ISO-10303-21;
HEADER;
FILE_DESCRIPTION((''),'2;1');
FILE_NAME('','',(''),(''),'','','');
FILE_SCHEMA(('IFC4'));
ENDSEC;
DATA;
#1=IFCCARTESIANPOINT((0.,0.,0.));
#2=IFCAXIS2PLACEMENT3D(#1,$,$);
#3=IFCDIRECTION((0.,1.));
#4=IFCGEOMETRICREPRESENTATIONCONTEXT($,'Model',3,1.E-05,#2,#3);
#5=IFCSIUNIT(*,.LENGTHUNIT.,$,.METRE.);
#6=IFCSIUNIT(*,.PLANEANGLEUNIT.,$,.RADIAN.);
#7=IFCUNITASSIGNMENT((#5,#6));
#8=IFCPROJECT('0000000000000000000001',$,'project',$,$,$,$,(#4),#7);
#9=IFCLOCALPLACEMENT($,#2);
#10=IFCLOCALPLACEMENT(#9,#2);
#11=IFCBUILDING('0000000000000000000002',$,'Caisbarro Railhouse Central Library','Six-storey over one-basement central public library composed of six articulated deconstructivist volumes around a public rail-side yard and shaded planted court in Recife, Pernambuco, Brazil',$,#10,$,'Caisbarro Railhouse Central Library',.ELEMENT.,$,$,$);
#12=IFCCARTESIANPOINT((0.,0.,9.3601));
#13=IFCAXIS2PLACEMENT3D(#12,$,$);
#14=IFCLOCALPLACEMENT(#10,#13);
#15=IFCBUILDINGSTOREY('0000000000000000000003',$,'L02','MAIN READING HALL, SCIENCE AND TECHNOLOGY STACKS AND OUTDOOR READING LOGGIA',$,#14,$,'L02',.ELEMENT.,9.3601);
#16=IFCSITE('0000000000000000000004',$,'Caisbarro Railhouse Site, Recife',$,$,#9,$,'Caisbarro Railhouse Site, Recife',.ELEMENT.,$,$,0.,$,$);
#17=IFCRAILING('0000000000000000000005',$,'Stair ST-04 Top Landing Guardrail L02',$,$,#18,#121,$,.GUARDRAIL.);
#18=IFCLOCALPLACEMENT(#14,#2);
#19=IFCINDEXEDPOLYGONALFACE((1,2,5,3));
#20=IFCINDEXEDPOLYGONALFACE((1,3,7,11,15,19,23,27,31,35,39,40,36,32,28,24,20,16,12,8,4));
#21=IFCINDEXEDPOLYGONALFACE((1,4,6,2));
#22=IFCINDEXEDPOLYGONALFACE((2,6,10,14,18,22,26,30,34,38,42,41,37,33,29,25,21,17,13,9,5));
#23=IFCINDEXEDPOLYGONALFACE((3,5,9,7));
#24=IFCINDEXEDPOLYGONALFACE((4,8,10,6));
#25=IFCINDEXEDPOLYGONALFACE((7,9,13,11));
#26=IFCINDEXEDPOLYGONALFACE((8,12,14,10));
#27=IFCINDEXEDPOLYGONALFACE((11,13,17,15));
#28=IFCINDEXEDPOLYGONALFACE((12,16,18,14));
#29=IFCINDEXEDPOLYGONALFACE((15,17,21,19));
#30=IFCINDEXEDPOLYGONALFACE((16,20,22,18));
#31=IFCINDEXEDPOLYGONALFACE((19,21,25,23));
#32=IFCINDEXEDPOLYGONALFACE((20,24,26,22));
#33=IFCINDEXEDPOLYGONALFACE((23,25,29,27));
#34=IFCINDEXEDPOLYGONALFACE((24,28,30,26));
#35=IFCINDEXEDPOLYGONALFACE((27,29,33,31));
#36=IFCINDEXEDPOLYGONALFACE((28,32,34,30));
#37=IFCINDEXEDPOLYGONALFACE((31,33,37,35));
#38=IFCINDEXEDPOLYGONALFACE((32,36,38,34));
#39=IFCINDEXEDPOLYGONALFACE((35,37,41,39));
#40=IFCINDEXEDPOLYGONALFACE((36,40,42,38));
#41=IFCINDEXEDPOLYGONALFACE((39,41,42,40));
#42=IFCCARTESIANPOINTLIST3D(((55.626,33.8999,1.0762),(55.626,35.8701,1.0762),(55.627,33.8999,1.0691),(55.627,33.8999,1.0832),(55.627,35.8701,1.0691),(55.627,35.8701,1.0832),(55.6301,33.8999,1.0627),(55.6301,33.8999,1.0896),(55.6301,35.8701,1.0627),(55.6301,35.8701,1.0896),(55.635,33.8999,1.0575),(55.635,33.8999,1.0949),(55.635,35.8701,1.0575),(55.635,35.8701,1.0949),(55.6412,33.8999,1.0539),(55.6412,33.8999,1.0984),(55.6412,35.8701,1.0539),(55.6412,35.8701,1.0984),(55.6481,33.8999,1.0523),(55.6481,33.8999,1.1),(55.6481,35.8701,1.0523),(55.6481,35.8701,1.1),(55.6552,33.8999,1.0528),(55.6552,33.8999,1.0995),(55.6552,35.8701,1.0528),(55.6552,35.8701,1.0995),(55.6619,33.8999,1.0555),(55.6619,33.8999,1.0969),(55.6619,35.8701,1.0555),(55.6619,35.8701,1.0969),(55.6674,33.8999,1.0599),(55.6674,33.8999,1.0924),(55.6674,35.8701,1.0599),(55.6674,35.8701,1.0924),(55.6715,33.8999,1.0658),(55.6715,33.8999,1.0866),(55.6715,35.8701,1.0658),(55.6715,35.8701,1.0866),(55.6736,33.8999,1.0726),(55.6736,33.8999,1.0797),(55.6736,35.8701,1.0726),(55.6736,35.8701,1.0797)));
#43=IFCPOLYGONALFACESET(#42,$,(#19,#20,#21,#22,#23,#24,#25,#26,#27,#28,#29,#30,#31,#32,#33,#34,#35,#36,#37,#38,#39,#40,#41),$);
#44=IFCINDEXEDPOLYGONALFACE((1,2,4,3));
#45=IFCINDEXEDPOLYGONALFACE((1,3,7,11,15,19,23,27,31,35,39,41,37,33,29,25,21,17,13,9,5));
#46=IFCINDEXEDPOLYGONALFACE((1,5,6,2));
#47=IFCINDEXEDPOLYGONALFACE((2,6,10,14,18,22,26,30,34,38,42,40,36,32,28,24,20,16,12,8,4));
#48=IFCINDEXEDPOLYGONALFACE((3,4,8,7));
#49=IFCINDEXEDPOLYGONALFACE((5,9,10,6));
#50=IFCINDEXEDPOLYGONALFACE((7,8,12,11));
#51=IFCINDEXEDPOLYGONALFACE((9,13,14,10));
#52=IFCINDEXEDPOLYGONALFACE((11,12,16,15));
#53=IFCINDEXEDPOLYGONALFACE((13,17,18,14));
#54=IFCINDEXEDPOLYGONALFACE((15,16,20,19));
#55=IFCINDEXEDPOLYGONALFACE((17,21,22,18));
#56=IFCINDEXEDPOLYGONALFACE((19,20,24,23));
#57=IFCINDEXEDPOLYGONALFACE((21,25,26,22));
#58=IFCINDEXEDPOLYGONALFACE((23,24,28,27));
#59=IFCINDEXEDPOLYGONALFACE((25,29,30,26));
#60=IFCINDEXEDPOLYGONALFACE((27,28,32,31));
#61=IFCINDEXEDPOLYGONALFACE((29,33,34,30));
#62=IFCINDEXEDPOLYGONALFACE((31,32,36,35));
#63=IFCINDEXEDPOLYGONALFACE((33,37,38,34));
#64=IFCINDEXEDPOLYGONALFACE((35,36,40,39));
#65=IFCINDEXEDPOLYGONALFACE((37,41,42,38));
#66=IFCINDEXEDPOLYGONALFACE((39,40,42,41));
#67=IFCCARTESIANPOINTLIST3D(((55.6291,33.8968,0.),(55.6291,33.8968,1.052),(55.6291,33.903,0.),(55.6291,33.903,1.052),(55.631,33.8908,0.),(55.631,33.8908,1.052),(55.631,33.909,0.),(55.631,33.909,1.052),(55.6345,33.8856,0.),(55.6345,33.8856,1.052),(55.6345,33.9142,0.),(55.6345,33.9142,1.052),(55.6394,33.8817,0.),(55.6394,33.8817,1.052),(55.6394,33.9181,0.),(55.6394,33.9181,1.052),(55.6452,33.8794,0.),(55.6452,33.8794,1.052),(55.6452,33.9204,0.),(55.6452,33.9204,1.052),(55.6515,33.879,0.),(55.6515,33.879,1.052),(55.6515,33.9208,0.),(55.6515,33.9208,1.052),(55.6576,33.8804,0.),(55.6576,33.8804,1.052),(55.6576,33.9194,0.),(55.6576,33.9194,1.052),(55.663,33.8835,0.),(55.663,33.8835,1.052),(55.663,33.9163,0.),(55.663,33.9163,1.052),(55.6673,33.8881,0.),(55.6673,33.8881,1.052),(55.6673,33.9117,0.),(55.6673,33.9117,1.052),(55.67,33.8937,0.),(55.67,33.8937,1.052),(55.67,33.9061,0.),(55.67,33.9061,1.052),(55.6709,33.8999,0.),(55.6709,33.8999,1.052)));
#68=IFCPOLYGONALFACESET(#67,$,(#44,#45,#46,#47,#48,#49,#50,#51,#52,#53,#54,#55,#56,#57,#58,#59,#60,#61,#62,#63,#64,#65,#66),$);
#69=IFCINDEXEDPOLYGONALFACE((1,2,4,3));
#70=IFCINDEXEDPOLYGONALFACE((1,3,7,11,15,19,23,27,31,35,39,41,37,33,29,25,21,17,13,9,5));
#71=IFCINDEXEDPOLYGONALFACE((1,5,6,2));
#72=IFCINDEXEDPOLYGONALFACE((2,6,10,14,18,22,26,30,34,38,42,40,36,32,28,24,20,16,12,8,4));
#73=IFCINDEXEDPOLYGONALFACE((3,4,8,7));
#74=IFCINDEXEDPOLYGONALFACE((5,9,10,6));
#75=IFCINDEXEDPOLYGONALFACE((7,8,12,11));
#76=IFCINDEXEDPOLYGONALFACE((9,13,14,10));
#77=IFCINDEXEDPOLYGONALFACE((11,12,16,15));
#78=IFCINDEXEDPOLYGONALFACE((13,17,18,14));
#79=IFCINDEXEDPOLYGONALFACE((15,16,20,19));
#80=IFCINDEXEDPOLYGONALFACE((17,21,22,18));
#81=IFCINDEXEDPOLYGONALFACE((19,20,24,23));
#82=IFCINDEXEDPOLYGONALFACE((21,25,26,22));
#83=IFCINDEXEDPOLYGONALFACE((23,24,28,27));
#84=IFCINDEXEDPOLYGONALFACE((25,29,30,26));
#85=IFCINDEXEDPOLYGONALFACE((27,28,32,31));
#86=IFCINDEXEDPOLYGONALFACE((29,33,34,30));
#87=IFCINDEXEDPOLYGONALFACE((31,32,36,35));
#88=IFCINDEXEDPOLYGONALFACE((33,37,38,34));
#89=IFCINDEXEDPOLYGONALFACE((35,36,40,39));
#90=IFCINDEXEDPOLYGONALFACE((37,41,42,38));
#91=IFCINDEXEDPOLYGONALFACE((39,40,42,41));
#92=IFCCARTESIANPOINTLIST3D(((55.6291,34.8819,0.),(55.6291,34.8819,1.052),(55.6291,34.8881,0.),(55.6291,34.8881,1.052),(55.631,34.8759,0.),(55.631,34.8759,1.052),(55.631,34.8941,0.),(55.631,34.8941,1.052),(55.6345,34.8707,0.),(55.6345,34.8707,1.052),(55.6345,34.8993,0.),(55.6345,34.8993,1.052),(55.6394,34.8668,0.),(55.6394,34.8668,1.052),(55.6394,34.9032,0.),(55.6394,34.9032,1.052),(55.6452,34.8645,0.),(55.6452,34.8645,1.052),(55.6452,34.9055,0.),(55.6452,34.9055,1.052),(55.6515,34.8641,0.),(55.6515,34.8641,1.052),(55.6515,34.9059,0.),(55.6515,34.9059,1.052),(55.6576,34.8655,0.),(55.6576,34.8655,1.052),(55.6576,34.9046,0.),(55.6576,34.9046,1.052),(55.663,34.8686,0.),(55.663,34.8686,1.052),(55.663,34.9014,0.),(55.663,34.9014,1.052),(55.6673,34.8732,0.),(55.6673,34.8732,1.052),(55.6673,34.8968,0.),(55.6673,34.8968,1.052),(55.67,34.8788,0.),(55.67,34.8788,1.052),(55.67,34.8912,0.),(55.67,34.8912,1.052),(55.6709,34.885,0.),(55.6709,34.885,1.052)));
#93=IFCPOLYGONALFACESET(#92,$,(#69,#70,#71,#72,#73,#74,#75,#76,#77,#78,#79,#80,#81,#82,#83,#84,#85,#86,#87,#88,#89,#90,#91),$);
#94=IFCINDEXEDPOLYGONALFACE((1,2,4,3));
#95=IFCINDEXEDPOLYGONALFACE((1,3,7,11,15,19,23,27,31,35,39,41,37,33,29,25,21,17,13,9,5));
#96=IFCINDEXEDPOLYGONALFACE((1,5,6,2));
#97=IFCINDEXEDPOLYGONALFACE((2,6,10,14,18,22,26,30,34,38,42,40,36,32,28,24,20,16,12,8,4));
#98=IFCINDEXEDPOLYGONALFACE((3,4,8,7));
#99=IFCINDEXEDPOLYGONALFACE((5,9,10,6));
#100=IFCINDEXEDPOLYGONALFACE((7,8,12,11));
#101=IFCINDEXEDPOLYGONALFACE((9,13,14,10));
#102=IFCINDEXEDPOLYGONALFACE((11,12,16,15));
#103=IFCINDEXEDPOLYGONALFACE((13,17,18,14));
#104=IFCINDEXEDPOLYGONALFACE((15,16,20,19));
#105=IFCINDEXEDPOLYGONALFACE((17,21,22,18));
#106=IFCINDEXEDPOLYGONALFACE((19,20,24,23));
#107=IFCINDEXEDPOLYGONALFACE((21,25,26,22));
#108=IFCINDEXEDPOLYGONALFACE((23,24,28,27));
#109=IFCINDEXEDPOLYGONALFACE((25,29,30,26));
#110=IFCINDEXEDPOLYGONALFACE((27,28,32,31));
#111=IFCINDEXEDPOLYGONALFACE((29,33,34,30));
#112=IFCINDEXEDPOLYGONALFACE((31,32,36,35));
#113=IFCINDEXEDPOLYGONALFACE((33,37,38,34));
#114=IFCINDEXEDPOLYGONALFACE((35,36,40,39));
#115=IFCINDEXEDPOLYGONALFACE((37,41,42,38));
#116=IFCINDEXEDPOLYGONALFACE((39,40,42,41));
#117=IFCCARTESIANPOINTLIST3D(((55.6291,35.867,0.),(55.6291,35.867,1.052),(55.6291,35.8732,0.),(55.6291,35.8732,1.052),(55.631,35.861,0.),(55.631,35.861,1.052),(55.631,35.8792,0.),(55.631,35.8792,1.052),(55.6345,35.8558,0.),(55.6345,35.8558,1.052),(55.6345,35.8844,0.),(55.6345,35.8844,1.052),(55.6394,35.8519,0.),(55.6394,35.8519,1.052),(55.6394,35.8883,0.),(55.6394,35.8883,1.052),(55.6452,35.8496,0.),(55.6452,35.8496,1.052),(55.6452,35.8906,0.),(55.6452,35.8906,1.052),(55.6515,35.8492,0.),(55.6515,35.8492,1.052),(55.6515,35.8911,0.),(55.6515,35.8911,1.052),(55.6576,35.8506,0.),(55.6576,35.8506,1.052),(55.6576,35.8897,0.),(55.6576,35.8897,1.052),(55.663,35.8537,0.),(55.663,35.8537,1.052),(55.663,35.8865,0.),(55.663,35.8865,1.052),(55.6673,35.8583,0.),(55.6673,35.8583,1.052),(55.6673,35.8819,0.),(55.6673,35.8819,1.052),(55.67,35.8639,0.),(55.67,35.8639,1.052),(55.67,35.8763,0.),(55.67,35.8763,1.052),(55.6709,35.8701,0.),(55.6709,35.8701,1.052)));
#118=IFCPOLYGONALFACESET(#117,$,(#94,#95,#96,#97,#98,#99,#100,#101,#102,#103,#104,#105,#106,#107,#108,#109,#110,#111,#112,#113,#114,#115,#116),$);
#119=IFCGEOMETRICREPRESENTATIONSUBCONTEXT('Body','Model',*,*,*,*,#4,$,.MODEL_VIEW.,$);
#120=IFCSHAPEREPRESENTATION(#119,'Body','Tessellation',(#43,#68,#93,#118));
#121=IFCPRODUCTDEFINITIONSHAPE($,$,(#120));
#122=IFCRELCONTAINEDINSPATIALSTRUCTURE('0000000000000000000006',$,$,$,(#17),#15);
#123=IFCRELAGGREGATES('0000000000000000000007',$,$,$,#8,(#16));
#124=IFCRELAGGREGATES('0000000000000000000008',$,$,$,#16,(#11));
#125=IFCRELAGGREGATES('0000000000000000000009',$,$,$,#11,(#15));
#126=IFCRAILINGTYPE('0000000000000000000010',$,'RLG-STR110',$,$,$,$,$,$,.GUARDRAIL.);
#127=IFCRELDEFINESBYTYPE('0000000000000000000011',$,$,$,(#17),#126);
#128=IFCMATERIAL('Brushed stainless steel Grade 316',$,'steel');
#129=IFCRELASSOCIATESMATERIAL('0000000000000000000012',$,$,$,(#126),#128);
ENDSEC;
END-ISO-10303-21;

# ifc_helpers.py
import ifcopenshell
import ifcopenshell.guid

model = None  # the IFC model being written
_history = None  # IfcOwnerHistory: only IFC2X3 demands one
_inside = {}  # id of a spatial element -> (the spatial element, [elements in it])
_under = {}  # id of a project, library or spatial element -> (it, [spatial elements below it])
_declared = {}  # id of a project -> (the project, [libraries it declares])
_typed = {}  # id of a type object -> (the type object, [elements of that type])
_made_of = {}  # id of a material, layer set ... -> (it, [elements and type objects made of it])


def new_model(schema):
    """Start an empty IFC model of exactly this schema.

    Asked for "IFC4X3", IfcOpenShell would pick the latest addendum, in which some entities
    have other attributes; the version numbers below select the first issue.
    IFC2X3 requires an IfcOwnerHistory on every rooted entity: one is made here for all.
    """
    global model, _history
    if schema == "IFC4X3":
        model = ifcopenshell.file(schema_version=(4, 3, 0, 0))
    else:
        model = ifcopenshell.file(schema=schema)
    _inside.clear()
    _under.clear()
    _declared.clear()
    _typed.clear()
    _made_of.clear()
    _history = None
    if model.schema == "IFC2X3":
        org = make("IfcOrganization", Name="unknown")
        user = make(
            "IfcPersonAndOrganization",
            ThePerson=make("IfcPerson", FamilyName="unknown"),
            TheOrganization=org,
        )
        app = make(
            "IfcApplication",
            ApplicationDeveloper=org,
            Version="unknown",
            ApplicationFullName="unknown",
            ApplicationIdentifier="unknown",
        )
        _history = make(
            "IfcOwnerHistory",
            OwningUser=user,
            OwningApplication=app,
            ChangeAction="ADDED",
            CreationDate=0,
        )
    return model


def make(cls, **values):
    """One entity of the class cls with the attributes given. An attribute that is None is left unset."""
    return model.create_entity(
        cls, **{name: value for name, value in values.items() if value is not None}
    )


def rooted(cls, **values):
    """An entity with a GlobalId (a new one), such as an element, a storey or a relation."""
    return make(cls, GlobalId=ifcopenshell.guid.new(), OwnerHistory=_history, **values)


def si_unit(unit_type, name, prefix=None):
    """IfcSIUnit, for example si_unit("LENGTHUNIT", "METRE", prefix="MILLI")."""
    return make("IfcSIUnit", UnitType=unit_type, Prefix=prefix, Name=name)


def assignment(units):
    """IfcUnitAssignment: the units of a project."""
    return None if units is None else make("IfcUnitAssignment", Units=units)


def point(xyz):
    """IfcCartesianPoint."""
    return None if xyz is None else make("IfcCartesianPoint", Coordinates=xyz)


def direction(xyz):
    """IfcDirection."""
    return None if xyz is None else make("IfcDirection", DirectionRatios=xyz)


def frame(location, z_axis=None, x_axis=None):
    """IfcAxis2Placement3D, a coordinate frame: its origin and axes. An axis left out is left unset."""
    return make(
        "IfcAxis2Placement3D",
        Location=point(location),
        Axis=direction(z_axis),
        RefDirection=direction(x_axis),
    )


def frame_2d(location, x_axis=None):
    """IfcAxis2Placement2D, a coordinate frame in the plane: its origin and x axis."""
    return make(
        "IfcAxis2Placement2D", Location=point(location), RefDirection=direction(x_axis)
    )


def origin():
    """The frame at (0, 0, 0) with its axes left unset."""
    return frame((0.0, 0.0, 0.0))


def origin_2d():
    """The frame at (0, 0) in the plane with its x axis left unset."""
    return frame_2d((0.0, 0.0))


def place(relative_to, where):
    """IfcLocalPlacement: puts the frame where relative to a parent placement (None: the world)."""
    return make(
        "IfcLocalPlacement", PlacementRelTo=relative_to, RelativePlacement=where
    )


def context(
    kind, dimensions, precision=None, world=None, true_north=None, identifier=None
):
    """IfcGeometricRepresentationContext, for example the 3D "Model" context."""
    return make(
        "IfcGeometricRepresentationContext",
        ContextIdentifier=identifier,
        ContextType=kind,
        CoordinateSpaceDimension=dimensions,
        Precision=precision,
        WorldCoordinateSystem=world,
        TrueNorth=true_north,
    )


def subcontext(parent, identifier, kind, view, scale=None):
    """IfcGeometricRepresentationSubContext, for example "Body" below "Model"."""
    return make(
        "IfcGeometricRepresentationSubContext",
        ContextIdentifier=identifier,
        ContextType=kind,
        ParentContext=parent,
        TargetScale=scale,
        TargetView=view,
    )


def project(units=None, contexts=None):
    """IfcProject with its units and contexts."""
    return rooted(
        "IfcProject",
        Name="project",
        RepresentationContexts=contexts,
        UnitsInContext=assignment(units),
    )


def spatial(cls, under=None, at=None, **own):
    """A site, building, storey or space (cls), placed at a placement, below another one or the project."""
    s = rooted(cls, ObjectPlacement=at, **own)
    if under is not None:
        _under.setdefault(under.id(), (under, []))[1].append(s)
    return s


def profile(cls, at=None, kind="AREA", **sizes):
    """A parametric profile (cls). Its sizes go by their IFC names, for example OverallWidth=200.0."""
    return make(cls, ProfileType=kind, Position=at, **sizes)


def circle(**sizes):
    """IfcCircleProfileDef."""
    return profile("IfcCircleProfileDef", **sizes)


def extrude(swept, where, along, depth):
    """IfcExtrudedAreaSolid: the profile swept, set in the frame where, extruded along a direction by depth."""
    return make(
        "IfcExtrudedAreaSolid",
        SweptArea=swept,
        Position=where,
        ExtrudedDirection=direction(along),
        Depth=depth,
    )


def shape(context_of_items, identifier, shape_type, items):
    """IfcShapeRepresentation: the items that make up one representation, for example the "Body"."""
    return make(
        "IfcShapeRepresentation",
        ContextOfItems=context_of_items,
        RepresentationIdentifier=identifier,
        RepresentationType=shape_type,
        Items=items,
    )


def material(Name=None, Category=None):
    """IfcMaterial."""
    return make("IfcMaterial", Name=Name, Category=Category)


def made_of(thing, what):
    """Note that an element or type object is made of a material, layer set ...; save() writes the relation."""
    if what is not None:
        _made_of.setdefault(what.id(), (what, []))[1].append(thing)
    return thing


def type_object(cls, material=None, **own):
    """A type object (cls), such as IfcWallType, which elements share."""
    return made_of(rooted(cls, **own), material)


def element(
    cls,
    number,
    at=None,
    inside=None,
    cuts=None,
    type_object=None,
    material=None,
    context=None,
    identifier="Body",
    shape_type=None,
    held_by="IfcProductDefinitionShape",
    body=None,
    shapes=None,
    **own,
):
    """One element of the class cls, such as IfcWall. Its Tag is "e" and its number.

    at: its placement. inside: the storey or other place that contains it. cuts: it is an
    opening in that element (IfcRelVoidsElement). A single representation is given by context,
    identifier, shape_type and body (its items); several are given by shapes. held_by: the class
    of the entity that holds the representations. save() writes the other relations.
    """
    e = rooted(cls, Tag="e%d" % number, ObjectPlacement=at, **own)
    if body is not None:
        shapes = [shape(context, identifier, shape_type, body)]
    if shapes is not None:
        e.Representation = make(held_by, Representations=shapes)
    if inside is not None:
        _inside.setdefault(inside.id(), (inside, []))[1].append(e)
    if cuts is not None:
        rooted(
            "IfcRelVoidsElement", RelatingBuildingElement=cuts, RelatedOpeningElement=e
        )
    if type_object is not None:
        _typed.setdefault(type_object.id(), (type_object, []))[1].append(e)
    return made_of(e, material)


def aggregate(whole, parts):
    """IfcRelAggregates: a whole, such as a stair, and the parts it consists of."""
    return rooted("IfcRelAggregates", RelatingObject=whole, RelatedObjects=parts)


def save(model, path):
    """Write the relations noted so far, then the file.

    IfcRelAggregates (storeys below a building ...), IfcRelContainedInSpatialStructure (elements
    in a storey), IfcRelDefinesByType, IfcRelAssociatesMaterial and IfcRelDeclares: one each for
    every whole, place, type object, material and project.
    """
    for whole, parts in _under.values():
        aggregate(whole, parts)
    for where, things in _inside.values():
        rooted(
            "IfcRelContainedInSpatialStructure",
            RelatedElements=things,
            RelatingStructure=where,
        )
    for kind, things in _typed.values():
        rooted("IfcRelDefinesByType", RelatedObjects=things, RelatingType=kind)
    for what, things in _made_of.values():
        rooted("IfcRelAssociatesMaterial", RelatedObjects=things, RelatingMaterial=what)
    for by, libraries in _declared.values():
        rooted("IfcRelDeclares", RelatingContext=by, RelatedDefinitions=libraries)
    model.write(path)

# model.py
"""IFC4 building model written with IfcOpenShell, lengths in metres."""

from ifc_helpers import new_model, si_unit, direction, frame, origin, origin_2d, place, context, subcontext, project, spatial, circle, extrude, material, type_object, element, save


model = new_model("IFC4")

# Units and contexts
model_context = context("Model", 3, precision=1e-05, world=origin(), true_north=direction((0.0, 1.0)))
body_context = subcontext(model_context, "Body", "Model", "MODEL_VIEW")
ifc_project = project(units=[si_unit("LENGTHUNIT", "METRE"), si_unit("PLANEANGLEUNIT", "RADIAN")], contexts=[model_context])

# Site, building, storey
site_placement = place(None, origin())
site = spatial("IfcSite", under=ifc_project, at=site_placement, Name="Caisbarro Railhouse Site, Recife", LongName="Caisbarro Railhouse Site, Recife", CompositionType="ELEMENT", RefElevation=0.0)
building_placement = place(site_placement, origin())
building = spatial("IfcBuilding", under=site, at=building_placement, Name="Caisbarro Railhouse Central Library", Description="Six-storey over one-basement central public library composed of six articulated deconstructivist volumes around a public rail-side yard and shaded planted court in Recife, Pernambuco, Brazil", LongName="Caisbarro Railhouse Central Library", CompositionType="ELEMENT")
storey_placement = place(building_placement, frame((0.0, 0.0, 9.3601)))
storey = spatial("IfcBuildingStorey", under=building, at=storey_placement, Name="L02", Description="MAIN READING HALL, SCIENCE AND TECHNOLOGY STACKS AND OUTDOOR READING LOGGIA", LongName="L02", CompositionType="ELEMENT", Elevation=9.3601)

# Railing
ifc_material_1 = material(Name="Brushed stainless steel Grade 316", Category="steel")
railing_type = type_object("IfcRailingType", Name="RLG-STR110", PredefinedType="GUARDRAIL", material=ifc_material_1)
railing_placement = place(storey_placement, frame((55.6499, 33.8999, 0.0)))
element("IfcRailing", 1, at=railing_placement, inside=storey, type_object=railing_type, Name="Stair ST-04 Top Landing Guardrail L02", PredefinedType="GUARDRAIL", context=body_context, shape_type="SweptSolid", body=[
    extrude(circle(Radius=0.0239, at=origin_2d()), frame((0.0, 0.0, 1.0762), z_axis=(0.0, 1.0, 0.0), x_axis=(-1.0, 0.0, 0.0)), (0.0, 0.0, 1.0), 1.9702),
    extrude(circle(Radius=0.021, at=origin_2d()), origin(), (0.0, 0.0, 1.0), 1.052),
    extrude(circle(Radius=0.021, at=origin_2d()), frame((0.0, 0.9851, 0.0)), (0.0, 0.0, 1.0), 1.052),
    extrude(circle(Radius=0.021, at=origin_2d()), frame((0.0, 1.9702, 0.0)), (0.0, 0.0, 1.0), 1.052),
])

save(model, "model.ifc")
